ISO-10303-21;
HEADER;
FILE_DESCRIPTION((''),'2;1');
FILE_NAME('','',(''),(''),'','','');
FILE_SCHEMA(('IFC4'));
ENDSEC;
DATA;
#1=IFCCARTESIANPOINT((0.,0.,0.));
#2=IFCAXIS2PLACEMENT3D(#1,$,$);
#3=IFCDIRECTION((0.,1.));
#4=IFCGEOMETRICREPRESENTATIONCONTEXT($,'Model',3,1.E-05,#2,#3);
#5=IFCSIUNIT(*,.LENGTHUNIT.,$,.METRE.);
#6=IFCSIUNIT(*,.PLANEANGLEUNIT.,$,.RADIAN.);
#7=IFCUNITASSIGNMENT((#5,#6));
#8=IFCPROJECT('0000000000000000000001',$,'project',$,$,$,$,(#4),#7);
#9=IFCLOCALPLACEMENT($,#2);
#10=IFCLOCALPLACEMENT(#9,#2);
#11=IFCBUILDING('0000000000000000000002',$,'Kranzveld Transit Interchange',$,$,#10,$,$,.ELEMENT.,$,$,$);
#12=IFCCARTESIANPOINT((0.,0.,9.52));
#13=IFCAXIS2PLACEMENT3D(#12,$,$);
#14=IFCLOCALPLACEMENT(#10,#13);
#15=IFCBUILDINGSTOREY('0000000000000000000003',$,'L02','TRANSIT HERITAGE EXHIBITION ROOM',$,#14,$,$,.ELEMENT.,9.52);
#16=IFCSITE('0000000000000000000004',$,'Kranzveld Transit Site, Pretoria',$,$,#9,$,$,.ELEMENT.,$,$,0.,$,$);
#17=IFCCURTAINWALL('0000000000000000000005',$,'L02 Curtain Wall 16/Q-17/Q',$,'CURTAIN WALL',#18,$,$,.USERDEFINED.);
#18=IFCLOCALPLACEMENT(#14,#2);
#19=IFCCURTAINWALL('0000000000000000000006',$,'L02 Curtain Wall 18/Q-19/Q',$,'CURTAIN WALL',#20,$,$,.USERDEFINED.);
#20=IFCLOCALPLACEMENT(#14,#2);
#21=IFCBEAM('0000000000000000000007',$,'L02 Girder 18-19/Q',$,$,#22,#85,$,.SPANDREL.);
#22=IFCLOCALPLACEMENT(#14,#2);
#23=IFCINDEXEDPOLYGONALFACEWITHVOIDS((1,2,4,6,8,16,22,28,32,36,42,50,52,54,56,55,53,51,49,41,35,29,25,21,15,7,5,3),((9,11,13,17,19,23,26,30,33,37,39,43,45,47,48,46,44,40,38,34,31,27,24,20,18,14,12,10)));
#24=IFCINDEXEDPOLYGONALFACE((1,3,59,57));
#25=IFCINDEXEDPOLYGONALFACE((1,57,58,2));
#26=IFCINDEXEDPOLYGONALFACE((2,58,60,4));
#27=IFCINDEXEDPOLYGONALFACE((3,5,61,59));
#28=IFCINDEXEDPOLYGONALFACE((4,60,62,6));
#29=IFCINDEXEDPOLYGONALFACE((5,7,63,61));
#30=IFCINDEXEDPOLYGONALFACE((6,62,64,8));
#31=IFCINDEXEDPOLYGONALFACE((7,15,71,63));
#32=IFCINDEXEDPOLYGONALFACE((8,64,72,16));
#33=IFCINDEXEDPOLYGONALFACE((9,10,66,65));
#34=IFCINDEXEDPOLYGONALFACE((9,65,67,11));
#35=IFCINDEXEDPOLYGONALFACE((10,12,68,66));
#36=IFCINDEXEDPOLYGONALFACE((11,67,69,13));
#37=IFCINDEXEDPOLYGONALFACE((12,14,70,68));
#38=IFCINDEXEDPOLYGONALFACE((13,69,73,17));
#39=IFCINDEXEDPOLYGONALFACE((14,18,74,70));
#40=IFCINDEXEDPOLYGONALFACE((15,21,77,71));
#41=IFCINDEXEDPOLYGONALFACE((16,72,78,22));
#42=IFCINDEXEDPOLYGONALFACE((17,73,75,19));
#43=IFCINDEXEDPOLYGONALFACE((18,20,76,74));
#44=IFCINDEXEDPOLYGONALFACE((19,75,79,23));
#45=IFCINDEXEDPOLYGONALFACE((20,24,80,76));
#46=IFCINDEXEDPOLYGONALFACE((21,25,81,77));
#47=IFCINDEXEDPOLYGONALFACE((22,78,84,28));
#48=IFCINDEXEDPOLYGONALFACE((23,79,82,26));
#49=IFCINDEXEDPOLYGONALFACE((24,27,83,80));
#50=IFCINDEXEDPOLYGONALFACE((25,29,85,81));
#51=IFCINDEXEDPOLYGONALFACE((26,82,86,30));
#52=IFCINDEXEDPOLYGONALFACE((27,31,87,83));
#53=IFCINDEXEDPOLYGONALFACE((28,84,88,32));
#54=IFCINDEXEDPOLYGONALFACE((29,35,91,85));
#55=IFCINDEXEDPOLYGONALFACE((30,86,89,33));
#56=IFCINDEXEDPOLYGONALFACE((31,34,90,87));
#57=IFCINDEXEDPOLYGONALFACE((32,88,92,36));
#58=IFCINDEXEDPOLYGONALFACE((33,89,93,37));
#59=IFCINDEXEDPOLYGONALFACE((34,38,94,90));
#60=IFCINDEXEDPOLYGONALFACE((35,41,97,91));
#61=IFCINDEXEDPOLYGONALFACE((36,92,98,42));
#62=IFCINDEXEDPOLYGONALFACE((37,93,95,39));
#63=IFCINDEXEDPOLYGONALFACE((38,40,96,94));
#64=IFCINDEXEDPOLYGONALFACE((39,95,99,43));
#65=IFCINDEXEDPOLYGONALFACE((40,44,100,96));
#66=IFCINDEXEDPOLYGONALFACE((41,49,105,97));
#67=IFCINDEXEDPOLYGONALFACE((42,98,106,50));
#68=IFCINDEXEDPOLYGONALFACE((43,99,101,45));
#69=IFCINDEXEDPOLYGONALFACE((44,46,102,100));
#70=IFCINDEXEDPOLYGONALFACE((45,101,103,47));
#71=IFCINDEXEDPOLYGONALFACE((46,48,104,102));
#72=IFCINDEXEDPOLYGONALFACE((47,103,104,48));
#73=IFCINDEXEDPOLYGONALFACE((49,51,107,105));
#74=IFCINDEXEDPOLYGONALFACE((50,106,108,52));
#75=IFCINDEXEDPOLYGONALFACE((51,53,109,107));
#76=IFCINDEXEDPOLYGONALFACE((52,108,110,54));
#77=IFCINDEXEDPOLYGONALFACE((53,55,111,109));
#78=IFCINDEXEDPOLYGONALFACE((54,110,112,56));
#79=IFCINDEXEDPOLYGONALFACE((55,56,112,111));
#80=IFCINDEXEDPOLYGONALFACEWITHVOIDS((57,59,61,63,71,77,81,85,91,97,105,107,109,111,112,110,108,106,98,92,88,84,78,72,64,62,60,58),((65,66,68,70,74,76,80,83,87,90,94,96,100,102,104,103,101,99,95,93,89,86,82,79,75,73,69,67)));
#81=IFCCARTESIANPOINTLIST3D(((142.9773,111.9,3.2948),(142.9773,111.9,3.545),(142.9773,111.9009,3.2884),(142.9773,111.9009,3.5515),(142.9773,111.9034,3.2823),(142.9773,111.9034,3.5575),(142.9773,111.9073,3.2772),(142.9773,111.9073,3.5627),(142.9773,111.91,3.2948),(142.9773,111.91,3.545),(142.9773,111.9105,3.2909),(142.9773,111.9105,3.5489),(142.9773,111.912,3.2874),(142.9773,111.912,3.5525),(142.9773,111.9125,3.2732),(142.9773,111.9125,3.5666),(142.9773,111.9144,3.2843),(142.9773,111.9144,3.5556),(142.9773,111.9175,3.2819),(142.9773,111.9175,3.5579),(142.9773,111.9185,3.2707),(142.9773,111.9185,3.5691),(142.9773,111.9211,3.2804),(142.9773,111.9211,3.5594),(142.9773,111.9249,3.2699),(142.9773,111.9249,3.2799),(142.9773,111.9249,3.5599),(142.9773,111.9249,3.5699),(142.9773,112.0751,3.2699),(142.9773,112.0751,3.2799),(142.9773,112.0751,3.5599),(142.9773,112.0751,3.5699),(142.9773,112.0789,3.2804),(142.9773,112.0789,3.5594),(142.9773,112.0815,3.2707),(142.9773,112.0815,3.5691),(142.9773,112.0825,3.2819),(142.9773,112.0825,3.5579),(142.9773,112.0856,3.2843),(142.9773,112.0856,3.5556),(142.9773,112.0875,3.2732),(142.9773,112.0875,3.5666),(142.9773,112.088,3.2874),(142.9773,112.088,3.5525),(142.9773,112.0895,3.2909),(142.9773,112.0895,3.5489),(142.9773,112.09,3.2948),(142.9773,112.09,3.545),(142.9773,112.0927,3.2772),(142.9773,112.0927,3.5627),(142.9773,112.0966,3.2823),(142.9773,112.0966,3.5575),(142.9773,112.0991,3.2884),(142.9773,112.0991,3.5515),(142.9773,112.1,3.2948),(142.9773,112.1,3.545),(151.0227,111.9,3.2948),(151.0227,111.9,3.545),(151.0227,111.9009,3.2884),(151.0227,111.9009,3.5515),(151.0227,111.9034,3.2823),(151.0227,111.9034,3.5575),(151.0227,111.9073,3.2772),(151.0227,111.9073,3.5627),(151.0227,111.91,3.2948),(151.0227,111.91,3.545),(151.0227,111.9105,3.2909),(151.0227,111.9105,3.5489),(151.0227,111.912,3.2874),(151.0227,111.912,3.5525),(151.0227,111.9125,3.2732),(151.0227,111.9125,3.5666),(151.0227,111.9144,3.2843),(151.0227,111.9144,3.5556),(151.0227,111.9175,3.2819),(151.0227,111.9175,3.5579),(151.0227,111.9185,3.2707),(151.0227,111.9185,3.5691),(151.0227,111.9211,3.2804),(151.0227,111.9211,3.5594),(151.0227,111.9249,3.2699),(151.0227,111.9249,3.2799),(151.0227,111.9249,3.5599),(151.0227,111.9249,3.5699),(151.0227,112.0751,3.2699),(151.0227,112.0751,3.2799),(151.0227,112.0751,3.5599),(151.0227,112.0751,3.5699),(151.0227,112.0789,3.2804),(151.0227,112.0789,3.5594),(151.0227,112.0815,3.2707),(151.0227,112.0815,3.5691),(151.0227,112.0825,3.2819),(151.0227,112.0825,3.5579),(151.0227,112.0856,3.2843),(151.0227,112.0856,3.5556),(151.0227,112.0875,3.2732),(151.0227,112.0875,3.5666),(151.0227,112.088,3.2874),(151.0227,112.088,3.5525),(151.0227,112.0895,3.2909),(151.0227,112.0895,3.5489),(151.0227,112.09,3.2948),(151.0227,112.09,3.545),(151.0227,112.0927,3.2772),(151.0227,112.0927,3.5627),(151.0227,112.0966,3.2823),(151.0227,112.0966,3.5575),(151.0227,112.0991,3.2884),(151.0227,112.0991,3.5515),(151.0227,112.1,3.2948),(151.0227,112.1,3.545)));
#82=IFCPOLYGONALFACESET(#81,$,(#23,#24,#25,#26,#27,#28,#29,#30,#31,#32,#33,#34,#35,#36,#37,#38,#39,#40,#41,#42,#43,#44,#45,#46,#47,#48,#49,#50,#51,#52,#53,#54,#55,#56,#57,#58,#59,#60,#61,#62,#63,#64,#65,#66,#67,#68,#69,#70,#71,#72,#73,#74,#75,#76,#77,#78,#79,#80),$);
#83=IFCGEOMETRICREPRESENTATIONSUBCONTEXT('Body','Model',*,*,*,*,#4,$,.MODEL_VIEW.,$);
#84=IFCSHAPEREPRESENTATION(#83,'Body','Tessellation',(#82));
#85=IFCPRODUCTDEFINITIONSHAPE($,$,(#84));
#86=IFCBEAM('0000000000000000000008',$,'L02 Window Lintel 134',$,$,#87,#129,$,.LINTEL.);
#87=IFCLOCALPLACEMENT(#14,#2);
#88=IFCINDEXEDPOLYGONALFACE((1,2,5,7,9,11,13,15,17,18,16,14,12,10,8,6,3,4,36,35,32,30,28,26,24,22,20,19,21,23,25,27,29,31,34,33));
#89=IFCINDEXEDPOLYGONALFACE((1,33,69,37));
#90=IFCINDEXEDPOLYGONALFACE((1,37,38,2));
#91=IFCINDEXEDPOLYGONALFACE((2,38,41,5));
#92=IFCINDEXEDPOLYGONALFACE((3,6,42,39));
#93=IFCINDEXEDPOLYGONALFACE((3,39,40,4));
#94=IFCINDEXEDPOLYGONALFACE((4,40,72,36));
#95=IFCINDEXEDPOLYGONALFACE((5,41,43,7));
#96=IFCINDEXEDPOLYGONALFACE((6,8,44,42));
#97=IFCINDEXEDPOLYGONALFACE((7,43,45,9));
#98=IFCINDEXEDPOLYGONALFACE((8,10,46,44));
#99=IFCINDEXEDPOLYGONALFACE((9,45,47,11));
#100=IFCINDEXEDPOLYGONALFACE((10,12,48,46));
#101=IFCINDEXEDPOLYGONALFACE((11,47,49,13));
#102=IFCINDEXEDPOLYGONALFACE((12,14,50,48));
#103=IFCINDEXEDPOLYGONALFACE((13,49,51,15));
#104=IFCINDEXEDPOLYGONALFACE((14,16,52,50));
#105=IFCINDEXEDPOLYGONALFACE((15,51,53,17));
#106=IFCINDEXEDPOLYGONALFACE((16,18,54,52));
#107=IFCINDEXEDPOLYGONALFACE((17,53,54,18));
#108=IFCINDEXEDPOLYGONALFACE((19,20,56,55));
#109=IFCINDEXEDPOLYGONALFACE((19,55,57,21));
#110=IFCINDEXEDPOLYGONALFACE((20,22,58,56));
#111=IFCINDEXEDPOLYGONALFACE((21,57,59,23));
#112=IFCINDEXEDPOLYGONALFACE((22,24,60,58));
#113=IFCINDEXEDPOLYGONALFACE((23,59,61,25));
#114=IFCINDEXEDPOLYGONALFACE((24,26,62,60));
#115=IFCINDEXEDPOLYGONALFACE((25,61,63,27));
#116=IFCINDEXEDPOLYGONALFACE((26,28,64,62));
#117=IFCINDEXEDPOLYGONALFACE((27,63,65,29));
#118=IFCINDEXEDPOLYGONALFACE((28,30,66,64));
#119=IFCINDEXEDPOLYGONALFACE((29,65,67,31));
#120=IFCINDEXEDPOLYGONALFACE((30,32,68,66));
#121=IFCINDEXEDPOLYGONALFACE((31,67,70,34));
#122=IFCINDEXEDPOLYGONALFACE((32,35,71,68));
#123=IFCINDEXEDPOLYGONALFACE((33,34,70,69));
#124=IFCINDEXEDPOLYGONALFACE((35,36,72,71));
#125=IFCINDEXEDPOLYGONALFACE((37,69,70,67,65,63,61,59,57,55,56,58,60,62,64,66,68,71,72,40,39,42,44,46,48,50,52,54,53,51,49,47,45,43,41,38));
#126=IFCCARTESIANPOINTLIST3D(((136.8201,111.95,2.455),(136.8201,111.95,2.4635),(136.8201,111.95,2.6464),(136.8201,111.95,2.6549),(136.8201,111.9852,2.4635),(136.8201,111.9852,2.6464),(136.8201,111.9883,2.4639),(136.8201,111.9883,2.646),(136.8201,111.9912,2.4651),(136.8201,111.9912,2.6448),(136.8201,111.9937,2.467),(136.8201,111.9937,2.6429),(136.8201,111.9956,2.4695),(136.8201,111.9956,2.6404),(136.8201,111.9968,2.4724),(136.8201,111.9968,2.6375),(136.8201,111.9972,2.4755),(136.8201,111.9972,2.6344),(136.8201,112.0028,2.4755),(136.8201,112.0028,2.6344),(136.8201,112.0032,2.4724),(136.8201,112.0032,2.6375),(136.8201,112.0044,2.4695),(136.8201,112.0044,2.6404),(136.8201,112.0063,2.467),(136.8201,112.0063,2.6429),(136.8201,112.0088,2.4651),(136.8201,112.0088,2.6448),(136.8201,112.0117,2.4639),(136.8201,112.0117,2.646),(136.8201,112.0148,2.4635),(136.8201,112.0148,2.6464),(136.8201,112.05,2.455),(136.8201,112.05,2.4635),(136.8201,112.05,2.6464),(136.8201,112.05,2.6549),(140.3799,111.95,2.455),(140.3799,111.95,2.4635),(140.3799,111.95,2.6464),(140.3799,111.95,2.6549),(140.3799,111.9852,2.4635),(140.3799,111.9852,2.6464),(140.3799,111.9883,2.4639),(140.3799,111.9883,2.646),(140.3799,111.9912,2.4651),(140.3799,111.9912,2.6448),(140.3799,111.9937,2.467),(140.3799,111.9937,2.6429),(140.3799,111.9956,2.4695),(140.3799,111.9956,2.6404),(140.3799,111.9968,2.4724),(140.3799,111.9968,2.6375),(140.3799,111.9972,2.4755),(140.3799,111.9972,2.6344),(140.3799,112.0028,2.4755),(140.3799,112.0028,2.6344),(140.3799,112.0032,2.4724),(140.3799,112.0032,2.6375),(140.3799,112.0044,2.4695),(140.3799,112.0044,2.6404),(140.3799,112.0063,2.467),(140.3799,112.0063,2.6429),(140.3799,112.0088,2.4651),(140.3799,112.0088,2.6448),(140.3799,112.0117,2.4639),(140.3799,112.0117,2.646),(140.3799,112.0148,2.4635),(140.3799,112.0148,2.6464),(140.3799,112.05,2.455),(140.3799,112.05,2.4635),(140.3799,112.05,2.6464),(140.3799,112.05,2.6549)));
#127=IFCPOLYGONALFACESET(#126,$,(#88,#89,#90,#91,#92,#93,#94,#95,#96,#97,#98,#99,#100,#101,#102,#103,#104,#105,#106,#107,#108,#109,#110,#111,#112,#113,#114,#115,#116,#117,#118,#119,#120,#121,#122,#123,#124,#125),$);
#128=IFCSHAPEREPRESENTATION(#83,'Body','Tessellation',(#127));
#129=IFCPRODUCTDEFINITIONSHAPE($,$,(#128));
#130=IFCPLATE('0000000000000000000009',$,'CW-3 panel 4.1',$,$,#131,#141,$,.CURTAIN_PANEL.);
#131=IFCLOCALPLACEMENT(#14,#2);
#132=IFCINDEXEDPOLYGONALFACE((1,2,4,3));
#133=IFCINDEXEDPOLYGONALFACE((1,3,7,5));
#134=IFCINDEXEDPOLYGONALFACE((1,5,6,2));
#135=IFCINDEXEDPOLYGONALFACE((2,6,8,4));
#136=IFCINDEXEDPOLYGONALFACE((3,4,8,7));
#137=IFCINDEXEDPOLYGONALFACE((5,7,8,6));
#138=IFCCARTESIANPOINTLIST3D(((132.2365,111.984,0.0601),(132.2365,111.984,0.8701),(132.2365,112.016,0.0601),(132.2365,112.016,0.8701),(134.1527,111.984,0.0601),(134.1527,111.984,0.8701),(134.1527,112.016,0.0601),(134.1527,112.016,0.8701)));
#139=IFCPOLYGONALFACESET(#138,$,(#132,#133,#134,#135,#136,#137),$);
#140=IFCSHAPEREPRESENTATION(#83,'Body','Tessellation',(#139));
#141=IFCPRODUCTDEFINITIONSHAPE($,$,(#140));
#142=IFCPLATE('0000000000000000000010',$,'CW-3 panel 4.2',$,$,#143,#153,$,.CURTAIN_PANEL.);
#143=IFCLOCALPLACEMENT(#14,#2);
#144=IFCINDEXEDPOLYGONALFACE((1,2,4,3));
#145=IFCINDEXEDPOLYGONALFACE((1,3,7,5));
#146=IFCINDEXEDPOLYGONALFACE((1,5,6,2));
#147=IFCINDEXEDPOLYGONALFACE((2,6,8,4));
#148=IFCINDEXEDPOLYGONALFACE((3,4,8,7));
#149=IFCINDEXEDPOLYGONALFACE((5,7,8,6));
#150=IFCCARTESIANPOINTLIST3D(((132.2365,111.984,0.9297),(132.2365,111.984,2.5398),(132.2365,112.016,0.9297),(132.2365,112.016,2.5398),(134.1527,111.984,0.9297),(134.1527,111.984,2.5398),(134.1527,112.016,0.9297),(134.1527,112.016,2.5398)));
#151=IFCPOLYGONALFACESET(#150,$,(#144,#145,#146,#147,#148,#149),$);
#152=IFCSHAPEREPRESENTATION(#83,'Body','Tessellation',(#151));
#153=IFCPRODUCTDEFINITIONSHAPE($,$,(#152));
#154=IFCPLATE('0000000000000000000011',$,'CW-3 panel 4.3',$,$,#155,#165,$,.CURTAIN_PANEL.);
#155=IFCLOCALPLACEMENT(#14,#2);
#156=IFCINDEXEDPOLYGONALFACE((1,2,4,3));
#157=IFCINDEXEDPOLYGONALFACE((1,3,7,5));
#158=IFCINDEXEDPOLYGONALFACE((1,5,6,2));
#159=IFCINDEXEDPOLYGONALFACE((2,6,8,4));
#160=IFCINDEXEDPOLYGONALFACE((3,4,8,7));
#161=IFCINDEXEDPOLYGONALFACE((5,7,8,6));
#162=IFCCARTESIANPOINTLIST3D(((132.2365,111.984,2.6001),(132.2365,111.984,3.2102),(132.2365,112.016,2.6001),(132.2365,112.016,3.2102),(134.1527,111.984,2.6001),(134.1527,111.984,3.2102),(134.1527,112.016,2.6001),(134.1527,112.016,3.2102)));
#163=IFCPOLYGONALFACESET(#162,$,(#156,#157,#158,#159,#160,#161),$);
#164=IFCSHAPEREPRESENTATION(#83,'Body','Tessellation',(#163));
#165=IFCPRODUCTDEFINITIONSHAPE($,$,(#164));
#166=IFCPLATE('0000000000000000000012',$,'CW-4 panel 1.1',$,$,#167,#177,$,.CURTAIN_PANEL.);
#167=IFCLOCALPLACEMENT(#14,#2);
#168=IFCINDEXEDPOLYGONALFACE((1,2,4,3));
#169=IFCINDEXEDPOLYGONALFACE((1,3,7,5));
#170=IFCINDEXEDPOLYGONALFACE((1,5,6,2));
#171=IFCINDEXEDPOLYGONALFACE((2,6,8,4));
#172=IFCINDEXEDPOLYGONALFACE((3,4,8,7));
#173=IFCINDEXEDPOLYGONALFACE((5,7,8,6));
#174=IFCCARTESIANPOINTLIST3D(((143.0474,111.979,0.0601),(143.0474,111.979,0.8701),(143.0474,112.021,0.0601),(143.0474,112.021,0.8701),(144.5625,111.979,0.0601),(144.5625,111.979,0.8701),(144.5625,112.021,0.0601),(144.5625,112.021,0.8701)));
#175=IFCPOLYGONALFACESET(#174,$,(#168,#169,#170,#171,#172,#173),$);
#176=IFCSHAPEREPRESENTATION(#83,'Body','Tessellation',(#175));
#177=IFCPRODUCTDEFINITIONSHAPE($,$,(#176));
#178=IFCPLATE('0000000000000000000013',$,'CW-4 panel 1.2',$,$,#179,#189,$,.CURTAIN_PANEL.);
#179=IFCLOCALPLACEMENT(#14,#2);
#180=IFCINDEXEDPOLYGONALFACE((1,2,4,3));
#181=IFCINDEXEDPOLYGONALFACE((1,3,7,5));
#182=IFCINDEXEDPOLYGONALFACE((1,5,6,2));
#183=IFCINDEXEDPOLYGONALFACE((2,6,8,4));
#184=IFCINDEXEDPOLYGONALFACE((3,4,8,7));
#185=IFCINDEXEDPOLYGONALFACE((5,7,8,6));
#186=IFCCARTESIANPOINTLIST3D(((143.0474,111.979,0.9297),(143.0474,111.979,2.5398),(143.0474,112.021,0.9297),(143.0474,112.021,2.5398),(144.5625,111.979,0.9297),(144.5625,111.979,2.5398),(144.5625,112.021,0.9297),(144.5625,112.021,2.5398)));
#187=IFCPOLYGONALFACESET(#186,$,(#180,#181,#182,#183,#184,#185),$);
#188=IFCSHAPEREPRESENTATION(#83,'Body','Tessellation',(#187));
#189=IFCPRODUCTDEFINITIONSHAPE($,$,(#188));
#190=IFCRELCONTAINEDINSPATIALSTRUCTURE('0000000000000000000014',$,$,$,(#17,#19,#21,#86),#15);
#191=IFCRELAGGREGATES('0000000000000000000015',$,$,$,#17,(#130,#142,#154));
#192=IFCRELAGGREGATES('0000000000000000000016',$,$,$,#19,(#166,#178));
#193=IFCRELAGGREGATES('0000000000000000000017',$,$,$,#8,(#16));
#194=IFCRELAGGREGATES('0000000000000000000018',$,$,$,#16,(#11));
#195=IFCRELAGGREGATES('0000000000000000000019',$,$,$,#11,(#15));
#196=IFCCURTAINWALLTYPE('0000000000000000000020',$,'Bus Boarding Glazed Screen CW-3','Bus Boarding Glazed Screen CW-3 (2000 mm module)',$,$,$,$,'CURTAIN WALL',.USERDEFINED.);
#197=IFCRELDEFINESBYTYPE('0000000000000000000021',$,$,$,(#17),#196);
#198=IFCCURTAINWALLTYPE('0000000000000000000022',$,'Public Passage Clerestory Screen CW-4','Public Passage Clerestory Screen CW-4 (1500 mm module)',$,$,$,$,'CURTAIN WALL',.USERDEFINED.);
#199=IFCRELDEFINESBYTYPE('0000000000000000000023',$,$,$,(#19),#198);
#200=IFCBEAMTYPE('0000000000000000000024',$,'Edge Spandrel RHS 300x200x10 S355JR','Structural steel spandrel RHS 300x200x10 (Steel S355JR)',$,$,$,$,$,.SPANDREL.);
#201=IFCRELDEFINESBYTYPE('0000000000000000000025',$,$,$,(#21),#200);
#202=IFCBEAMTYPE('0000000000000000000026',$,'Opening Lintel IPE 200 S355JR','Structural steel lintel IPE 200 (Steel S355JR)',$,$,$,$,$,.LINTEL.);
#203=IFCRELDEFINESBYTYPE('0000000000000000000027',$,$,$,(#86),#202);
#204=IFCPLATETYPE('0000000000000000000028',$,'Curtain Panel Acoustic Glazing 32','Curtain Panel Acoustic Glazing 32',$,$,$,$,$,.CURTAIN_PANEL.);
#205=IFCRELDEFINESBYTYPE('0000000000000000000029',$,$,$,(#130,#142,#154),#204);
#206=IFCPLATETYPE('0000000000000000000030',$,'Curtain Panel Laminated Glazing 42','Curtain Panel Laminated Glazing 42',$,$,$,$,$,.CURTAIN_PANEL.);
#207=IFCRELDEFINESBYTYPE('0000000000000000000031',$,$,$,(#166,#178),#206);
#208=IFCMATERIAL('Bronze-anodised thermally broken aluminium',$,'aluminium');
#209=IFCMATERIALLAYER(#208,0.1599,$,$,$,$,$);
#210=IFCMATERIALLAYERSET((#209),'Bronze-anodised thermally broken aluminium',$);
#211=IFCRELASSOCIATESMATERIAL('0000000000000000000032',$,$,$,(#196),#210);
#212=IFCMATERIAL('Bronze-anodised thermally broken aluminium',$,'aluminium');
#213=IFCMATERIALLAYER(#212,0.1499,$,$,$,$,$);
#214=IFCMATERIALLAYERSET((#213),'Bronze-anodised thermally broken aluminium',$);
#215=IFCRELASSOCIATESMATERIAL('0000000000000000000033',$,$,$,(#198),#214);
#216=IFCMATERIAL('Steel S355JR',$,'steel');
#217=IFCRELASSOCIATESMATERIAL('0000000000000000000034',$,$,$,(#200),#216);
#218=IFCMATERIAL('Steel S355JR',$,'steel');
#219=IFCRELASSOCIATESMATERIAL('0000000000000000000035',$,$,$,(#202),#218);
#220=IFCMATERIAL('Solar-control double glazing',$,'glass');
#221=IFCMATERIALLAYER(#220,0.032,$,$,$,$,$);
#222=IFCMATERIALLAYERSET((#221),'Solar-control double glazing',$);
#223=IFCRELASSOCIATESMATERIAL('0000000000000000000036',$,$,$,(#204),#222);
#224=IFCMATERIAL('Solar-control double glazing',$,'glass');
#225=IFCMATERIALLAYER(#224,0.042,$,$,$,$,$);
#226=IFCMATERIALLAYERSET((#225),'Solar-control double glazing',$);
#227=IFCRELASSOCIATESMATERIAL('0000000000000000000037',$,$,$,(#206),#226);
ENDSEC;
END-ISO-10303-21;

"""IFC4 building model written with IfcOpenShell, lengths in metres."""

from ifc_helpers import new_model, si_unit, direction, frame, origin, origin_2d, place, context, subcontext, project, spatial, rectangle, hollow_rectangle, i_section, extrude, material, layer, layer_set, material_profile, profile_set, type_object, element, aggregate, save


model = new_model("IFC4")

# Units and contexts
model_context = context("Model", 3, precision=1e-05, world=origin(), true_north=direction((0.0, 1.0)))
body_context = subcontext(model_context, "Body", "Model", "MODEL_VIEW")
ifc_project = project(units=[si_unit("LENGTHUNIT", "METRE"), si_unit("PLANEANGLEUNIT", "RADIAN")], contexts=[model_context])

# Site, building, storey
site_placement = place(None, origin())
site = spatial("IfcSite", under=ifc_project, at=site_placement, Name="Kranzveld Transit Site, Pretoria", CompositionType="ELEMENT", RefElevation=0.0)
building_placement = place(site_placement, origin())
building = spatial("IfcBuilding", under=site, at=building_placement, Name="Kranzveld Transit Interchange", CompositionType="ELEMENT")
storey_placement = place(building_placement, frame((0.0, 0.0, 9.52)))
storey = spatial("IfcBuildingStorey", under=building, at=storey_placement, Name="L02", Description="TRANSIT HERITAGE EXHIBITION ROOM", CompositionType="ELEMENT", Elevation=9.52)

# Curtain wall
ifc_material_1 = material(Name="Bronze-anodised thermally broken aluminium", Category="aluminium")
ifc_layer_1 = layer(ifc_material_1, 0.1599)
ifc_layer_set_1 = layer_set([ifc_layer_1], Name="Bronze-anodised thermally broken aluminium")
curtain_wall_type_1 = type_object("IfcCurtainWallType", Name="Bus Boarding Glazed Screen CW-3", Description="Bus Boarding Glazed Screen CW-3 (2000 mm module)", ElementType="CURTAIN WALL", PredefinedType="USERDEFINED", material=ifc_layer_set_1)
curtain_wall_1_placement = place(storey_placement, origin())
curtain_wall_1 = element("IfcCurtainWall", 1, at=curtain_wall_1_placement, inside=storey, type_object=curtain_wall_type_1, Name="L02 Curtain Wall 16/Q-17/Q", ObjectType="CURTAIN WALL", PredefinedType="USERDEFINED")

# Curtain wall
ifc_material_2 = material(Name="Bronze-anodised thermally broken aluminium", Category="aluminium")
ifc_layer_2 = layer(ifc_material_2, 0.1499)
ifc_layer_set_2 = layer_set([ifc_layer_2], Name="Bronze-anodised thermally broken aluminium")
curtain_wall_type_2 = type_object("IfcCurtainWallType", Name="Public Passage Clerestory Screen CW-4", Description="Public Passage Clerestory Screen CW-4 (1500 mm module)", ElementType="CURTAIN WALL", PredefinedType="USERDEFINED", material=ifc_layer_set_2)
curtain_wall_2_placement = place(storey_placement, origin())
curtain_wall_2 = element("IfcCurtainWall", 2, at=curtain_wall_2_placement, inside=storey, type_object=curtain_wall_type_2, Name="L02 Curtain Wall 18/Q-19/Q", ObjectType="CURTAIN WALL", PredefinedType="USERDEFINED")

# Beams
ifc_material_3 = material(Name="Steel S355JR", Category="steel")
ifc_material_profile_1 = material_profile(ifc_material_3, hollow_rectangle(XDim=0.2, YDim=0.3, WallThickness=0.01, InnerFilletRadius=0.0149, OuterFilletRadius=0.0249, at=origin_2d()), Name="RHS 300x200x10")
ifc_profile_set_1 = profile_set([ifc_material_profile_1], Name="Steel S355JR")
beam_type_1 = type_object("IfcBeamType", Name="Edge Spandrel RHS 300x200x10 S355JR", Description="Structural steel spandrel RHS 300x200x10 (Steel S355JR)", PredefinedType="SPANDREL", material=ifc_profile_set_1)
for number, where, z_axis, x_axis, name in (
    (3, (142.9773, 112.0, 3.4199), (1.0, 0.0, 0.0), (0.0, 1.0, 0.0), "L02 Girder 18-19/Q"),
):
    element("IfcBeam", number, at=place(storey_placement, frame(where, z_axis=z_axis, x_axis=x_axis)), inside=storey, type_object=beam_type_1, Name=name, PredefinedType="SPANDREL", context=body_context, shape_type="SweptSolid", body=[
        extrude(hollow_rectangle(XDim=0.2, YDim=0.3, WallThickness=0.01, InnerFilletRadius=0.0149, OuterFilletRadius=0.0249, at=origin_2d()), origin(), (0.0, 0.0, 1.0), 8.0454),
    ])
ifc_material_4 = material(Name="Steel S355JR", Category="steel")
ifc_material_profile_2 = material_profile(ifc_material_4, i_section(OverallWidth=0.1001, OverallDepth=0.2, WebThickness=0.0056, FlangeThickness=0.0085, FilletRadius=0.012, at=origin_2d()), Name="IPE 200")
ifc_profile_set_2 = profile_set([ifc_material_profile_2], Name="Steel S355JR")
beam_type_2 = type_object("IfcBeamType", Name="Opening Lintel IPE 200 S355JR", Description="Structural steel lintel IPE 200 (Steel S355JR)", PredefinedType="LINTEL", material=ifc_profile_set_2)
beam_placement = place(storey_placement, frame((136.8201, 112.0, 2.5549), z_axis=(1.0, 0.0, 0.0), x_axis=(0.0, 1.0, 0.0)))
element("IfcBeam", 4, at=beam_placement, inside=storey, type_object=beam_type_2, Name="L02 Window Lintel 134", PredefinedType="LINTEL", context=body_context, shape_type="SweptSolid", body=[
    extrude(i_section(OverallWidth=0.1001, OverallDepth=0.2, WebThickness=0.0056, FlangeThickness=0.0085, FilletRadius=0.012, at=origin_2d()), origin(), (0.0, 0.0, 1.0), 3.5598),
])

# Plates
ifc_material_5 = material(Name="Solar-control double glazing", Category="glass")
ifc_layer_3 = layer(ifc_material_5, 0.032)
ifc_layer_set_3 = layer_set([ifc_layer_3], Name="Solar-control double glazing")
plate_type_1 = type_object("IfcPlateType", Name="Curtain Panel Acoustic Glazing 32", Description="Curtain Panel Acoustic Glazing 32", PredefinedType="CURTAIN_PANEL", material=ifc_layer_set_3)
plate_1_placement = place(storey_placement, frame((133.1946, 112.0, 0.0601), z_axis=(0.0, 0.0, 1.0), x_axis=(1.0, 0.0, 0.0)))
plate_1 = element("IfcPlate", 5, at=plate_1_placement, type_object=plate_type_1, Name="CW-3 panel 4.1", PredefinedType="CURTAIN_PANEL", context=body_context, shape_type="SweptSolid", body=[
    extrude(rectangle(XDim=1.9163, YDim=0.032, at=origin_2d()), origin(), (0.0, 0.0, 1.0), 0.8101),
])
plate_2_placement = place(storey_placement, frame((133.1946, 112.0, 0.9297), z_axis=(0.0, 0.0, 1.0), x_axis=(1.0, 0.0, 0.0)))
plate_2 = element("IfcPlate", 6, at=plate_2_placement, type_object=plate_type_1, Name="CW-3 panel 4.2", PredefinedType="CURTAIN_PANEL", context=body_context, shape_type="SweptSolid", body=[
    extrude(rectangle(XDim=1.9163, YDim=0.032, at=origin_2d()), origin(), (0.0, 0.0, 1.0), 1.6101),
])
plate_3_placement = place(storey_placement, frame((133.1946, 112.0, 2.6001), z_axis=(0.0, 0.0, 1.0), x_axis=(1.0, 0.0, 0.0)))
plate_3 = element("IfcPlate", 7, at=plate_3_placement, type_object=plate_type_1, Name="CW-3 panel 4.3", PredefinedType="CURTAIN_PANEL", context=body_context, shape_type="SweptSolid", body=[
    extrude(rectangle(XDim=1.9163, YDim=0.032, at=origin_2d()), origin(), (0.0, 0.0, 1.0), 0.6101),
])
aggregate(curtain_wall_1, [plate_1, plate_2, plate_3])
ifc_material_6 = material(Name="Solar-control double glazing", Category="glass")
ifc_layer_4 = layer(ifc_material_6, 0.042)
ifc_layer_set_4 = layer_set([ifc_layer_4], Name="Solar-control double glazing")
plate_type_2 = type_object("IfcPlateType", Name="Curtain Panel Laminated Glazing 42", Description="Curtain Panel Laminated Glazing 42", PredefinedType="CURTAIN_PANEL", material=ifc_layer_set_4)
plate_4_placement = place(storey_placement, frame((143.8049, 112.0, 0.0601), z_axis=(0.0, 0.0, 1.0), x_axis=(1.0, 0.0, 0.0)))
plate_4 = element("IfcPlate", 8, at=plate_4_placement, type_object=plate_type_2, Name="CW-4 panel 1.1", PredefinedType="CURTAIN_PANEL", context=body_context, shape_type="SweptSolid", body=[
    extrude(rectangle(XDim=1.5151, YDim=0.042, at=origin_2d()), origin(), (0.0, 0.0, 1.0), 0.8101),
])
plate_5_placement = place(storey_placement, frame((143.8049, 112.0, 0.9297), z_axis=(0.0, 0.0, 1.0), x_axis=(1.0, 0.0, 0.0)))
plate_5 = element("IfcPlate", 9, at=plate_5_placement, type_object=plate_type_2, Name="CW-4 panel 1.2", PredefinedType="CURTAIN_PANEL", context=body_context, shape_type="SweptSolid", body=[
    extrude(rectangle(XDim=1.5151, YDim=0.042, at=origin_2d()), origin(), (0.0, 0.0, 1.0), 1.6101),
])
aggregate(curtain_wall_2, [plate_4, plate_5])

save(model, "model.ifc")
